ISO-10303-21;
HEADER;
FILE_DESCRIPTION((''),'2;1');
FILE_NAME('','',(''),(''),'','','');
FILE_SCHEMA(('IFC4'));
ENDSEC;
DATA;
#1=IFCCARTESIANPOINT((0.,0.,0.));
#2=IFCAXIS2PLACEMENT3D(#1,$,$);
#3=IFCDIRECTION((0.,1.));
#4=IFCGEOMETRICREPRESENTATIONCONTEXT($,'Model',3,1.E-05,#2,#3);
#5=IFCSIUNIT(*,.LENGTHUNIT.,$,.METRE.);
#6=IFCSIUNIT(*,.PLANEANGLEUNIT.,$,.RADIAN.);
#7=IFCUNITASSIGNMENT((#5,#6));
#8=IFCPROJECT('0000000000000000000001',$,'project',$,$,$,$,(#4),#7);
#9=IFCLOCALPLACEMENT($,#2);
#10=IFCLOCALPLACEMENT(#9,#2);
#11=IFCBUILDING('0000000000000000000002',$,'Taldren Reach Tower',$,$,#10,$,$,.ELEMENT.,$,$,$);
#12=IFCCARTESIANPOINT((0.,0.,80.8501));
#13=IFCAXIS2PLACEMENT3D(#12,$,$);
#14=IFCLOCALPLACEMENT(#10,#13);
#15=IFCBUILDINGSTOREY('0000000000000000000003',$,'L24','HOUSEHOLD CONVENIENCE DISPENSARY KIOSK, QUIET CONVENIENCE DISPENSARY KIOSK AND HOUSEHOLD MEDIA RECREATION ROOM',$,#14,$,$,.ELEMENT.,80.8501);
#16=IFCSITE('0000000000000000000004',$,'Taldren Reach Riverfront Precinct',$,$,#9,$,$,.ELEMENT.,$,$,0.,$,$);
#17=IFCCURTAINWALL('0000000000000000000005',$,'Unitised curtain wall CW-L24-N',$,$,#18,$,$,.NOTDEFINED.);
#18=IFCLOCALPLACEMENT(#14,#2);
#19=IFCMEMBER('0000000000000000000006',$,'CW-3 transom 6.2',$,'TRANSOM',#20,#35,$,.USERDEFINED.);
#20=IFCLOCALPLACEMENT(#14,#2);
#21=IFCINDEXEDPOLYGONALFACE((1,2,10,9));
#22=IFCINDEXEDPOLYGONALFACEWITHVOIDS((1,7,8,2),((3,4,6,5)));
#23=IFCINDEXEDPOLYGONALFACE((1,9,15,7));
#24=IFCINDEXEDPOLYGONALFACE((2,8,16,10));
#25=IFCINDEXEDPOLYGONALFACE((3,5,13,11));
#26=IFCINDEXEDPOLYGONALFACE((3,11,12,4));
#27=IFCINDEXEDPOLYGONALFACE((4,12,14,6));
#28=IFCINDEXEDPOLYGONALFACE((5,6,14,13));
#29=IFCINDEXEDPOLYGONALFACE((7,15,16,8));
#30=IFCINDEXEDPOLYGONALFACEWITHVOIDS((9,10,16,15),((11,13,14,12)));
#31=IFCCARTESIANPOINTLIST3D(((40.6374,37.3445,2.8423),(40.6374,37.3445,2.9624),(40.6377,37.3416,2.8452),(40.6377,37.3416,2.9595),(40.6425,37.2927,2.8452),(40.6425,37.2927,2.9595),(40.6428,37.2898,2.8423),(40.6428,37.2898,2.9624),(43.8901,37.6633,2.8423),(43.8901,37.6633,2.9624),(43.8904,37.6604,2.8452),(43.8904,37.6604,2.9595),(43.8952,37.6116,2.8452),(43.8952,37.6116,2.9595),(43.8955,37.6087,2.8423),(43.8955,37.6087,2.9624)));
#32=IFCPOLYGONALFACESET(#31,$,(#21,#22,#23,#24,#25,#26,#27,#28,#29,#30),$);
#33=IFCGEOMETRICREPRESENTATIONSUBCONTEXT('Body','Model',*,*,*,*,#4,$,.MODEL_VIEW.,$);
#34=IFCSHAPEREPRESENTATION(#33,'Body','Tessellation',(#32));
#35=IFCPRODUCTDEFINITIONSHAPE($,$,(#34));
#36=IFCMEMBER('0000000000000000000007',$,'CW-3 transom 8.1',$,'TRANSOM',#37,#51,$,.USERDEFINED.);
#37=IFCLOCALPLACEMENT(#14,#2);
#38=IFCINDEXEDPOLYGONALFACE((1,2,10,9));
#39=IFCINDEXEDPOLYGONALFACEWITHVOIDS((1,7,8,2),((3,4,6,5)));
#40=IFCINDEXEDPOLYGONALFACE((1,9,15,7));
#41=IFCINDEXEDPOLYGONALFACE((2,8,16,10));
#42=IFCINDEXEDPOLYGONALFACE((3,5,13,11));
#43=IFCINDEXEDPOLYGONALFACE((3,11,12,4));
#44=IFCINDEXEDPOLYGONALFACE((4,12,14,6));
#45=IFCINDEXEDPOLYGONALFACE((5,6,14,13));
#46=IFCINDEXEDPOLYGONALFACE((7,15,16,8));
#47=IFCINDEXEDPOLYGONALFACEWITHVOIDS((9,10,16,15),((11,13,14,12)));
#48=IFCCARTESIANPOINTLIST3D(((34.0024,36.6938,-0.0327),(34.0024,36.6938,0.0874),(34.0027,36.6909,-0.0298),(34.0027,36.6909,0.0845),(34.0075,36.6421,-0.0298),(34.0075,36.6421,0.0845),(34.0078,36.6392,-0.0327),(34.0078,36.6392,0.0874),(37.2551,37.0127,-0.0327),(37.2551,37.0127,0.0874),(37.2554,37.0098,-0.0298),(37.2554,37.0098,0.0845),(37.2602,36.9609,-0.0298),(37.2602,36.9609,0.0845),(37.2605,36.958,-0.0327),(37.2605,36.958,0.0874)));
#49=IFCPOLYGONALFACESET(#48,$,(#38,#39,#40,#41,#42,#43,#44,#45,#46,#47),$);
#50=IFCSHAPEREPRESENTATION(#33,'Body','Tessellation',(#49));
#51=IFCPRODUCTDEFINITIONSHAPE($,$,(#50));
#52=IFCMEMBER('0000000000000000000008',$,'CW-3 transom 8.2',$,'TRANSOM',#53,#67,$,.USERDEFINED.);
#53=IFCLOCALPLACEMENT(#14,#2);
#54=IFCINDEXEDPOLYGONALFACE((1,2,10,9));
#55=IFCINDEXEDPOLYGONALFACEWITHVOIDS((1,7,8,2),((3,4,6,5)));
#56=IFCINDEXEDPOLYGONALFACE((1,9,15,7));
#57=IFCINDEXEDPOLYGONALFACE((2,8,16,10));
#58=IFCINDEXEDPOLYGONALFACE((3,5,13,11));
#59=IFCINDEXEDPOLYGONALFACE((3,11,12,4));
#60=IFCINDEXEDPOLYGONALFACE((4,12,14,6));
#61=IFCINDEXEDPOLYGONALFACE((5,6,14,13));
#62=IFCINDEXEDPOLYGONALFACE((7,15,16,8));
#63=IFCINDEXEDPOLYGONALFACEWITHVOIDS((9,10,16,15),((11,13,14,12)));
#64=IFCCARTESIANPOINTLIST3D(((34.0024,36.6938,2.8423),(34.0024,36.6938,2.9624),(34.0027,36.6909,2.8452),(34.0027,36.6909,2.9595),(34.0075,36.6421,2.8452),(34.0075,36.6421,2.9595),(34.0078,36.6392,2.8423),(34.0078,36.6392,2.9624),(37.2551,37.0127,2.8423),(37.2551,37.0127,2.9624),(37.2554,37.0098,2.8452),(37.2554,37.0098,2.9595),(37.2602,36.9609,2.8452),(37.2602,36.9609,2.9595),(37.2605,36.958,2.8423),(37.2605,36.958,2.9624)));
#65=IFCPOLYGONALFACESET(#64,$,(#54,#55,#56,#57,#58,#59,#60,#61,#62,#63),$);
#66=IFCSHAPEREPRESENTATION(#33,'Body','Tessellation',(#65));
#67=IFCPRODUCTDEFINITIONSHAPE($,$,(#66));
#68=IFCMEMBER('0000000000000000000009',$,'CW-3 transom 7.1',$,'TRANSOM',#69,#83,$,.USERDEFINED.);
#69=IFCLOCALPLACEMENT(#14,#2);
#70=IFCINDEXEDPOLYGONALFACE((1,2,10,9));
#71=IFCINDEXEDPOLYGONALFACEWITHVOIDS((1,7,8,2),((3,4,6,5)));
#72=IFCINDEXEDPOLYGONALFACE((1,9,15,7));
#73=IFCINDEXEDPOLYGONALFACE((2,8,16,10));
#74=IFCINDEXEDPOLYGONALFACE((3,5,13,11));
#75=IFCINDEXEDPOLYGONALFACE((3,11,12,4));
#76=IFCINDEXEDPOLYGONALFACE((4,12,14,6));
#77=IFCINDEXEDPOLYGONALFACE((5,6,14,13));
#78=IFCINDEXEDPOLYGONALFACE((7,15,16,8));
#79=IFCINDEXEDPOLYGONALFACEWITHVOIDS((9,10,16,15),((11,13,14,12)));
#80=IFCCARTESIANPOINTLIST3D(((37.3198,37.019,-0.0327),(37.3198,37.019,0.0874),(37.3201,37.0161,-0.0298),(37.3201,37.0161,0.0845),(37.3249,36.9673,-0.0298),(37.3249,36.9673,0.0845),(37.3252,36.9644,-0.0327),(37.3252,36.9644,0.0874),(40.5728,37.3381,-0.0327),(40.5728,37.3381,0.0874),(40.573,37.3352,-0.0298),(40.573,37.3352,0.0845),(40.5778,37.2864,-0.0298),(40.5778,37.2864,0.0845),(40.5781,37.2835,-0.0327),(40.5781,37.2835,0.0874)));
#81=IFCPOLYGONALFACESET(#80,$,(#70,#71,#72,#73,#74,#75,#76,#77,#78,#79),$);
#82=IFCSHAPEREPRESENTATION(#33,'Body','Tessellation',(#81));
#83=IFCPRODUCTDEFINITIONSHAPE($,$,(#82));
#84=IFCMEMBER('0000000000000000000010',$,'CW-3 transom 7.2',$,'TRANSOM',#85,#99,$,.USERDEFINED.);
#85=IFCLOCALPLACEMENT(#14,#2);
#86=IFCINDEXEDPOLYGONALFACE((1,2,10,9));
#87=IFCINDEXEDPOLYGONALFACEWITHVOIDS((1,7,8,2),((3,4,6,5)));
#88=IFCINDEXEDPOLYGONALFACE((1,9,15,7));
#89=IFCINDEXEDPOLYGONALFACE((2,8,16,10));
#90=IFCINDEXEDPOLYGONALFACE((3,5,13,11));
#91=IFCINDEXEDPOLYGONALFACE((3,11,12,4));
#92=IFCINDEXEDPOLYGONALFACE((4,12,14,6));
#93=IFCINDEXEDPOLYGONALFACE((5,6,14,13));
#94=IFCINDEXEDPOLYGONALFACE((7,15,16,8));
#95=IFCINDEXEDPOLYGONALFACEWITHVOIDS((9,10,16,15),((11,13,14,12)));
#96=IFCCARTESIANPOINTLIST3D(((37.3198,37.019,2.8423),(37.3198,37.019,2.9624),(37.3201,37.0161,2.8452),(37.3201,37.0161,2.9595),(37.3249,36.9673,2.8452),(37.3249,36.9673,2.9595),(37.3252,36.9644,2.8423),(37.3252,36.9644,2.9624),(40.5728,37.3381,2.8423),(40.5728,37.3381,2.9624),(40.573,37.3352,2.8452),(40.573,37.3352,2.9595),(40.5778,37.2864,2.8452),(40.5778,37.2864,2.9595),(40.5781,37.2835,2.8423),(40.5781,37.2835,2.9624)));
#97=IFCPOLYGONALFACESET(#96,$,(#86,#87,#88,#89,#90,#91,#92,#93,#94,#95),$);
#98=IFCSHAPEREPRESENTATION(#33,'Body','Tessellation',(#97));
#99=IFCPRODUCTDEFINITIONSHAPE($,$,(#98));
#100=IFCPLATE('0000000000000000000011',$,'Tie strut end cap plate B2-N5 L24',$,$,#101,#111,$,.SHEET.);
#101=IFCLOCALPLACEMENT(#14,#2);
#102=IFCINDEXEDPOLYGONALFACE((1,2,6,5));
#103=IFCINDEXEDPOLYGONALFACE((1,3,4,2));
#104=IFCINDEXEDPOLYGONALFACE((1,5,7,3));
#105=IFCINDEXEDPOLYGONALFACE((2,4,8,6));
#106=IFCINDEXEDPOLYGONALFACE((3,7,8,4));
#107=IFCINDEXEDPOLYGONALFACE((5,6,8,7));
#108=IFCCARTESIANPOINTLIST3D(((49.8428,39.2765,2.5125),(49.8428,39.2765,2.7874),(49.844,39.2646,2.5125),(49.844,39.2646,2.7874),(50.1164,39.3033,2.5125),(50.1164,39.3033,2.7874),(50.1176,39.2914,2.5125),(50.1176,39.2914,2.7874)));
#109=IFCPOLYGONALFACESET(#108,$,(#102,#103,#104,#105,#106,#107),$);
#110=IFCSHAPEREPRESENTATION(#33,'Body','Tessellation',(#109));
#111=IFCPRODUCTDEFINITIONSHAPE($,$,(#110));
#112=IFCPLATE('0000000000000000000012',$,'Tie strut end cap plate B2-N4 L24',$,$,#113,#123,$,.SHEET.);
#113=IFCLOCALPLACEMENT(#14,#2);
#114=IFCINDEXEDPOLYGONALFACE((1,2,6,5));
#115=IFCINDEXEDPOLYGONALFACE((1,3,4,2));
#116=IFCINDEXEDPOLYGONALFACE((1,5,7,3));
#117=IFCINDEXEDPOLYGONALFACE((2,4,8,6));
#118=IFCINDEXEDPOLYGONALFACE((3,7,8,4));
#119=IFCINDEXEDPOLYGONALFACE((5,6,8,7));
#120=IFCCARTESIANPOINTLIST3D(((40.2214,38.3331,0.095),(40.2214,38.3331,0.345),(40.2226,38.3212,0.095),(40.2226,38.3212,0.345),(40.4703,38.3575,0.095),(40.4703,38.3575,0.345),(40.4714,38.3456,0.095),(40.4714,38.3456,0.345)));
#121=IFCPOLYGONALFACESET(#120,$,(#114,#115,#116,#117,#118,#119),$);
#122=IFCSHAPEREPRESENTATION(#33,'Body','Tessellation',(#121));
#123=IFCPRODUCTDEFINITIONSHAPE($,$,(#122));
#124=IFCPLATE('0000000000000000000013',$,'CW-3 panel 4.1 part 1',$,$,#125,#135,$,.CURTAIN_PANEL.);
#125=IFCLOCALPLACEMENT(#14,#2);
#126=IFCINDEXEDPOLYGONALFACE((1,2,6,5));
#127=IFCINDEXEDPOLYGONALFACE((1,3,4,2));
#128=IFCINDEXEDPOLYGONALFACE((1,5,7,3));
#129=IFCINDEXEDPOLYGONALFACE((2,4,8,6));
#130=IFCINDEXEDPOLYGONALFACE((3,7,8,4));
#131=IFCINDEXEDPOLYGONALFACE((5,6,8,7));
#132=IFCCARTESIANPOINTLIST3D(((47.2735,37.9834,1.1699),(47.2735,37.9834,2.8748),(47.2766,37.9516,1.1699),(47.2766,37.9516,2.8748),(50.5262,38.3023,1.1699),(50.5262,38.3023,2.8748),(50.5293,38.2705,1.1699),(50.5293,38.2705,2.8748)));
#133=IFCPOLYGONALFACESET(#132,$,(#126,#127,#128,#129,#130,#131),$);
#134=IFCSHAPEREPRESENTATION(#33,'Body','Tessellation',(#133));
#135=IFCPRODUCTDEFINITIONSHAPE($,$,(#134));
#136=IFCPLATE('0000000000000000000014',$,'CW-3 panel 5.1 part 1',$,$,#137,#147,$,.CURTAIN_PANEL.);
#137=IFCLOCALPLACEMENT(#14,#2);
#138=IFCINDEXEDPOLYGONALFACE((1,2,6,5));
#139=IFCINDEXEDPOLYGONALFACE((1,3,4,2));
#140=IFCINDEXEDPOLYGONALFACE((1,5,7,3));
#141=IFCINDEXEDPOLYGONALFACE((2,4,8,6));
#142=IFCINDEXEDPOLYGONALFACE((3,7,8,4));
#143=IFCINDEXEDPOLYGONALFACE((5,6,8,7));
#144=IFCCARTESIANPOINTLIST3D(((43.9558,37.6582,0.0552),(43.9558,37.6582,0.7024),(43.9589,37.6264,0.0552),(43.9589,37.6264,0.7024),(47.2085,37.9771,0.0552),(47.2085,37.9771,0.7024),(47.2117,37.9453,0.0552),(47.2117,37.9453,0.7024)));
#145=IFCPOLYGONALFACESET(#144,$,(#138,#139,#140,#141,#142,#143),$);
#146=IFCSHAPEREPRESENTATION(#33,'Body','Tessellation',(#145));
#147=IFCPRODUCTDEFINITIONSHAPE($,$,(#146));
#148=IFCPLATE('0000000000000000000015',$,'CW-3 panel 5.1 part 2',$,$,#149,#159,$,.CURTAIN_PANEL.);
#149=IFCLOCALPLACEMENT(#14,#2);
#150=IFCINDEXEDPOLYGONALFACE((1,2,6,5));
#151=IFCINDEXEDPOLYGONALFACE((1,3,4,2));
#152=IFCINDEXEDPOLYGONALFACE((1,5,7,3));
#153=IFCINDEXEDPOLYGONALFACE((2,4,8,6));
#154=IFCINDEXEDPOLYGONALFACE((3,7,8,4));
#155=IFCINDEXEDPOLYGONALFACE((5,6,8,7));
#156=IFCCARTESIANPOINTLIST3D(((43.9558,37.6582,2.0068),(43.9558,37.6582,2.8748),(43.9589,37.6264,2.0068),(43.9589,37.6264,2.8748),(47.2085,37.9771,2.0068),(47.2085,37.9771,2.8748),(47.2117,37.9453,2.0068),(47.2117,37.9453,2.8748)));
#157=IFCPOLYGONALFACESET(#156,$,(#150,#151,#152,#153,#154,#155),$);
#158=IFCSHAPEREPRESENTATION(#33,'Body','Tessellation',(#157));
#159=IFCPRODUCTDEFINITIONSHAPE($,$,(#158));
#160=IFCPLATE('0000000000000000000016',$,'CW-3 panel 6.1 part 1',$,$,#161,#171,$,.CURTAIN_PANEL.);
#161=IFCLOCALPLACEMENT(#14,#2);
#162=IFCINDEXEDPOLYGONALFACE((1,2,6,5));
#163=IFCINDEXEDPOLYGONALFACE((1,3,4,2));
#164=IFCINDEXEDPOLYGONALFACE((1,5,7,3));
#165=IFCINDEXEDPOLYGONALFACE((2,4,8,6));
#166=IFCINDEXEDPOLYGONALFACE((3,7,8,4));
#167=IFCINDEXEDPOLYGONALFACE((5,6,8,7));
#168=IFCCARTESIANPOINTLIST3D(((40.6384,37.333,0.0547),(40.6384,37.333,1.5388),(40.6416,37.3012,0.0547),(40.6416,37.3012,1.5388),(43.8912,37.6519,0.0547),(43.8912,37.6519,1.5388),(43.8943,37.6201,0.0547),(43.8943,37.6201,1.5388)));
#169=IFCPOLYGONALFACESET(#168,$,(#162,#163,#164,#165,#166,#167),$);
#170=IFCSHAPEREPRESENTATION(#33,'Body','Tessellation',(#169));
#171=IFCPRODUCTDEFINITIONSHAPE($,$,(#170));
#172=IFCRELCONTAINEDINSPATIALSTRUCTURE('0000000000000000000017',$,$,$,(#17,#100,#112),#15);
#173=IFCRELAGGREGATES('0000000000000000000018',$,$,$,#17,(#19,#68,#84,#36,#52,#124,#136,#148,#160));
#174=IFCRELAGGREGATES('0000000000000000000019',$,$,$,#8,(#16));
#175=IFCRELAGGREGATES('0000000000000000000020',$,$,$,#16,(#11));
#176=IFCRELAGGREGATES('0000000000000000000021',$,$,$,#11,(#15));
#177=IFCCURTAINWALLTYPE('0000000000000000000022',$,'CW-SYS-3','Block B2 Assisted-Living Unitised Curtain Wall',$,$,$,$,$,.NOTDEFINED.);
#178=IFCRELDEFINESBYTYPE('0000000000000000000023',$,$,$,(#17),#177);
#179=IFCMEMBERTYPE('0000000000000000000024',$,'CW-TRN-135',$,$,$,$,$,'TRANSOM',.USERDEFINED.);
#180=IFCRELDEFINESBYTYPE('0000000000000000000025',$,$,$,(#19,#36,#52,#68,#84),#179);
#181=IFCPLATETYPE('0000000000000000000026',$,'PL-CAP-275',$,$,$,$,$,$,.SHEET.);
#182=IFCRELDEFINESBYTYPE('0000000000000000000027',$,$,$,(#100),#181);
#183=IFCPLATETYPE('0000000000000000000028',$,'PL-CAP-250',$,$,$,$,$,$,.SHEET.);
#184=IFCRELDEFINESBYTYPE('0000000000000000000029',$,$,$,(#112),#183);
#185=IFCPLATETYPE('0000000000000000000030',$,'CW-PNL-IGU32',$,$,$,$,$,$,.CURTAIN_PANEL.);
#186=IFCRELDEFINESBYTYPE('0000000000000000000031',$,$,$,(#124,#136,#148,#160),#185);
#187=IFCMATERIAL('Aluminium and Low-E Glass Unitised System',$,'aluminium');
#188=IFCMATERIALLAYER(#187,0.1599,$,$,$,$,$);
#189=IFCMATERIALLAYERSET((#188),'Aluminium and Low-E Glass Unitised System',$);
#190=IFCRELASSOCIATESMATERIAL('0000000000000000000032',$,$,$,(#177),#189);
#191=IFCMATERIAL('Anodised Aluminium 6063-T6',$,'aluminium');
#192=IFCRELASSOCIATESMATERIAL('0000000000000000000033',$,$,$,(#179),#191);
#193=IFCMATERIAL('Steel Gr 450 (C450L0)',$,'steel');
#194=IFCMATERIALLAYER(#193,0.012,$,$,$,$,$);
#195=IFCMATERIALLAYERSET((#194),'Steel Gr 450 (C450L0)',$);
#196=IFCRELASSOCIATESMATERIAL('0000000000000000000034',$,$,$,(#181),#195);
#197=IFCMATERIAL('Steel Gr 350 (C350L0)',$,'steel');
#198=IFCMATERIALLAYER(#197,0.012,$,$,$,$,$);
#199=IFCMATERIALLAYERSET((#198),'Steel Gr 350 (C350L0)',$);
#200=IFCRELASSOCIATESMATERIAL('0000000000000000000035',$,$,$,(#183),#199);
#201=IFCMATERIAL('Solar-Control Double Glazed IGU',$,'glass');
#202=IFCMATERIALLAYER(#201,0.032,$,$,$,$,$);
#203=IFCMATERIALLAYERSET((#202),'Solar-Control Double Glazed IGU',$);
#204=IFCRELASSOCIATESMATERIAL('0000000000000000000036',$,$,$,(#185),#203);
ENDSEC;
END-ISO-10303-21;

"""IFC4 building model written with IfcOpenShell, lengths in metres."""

from ifc_helpers import new_model, si_unit, direction, frame, origin, origin_2d, place, context, subcontext, project, spatial, rectangle, hollow_rectangle, extrude, source, transform, mapped, material, layer, layer_set, material_profile, profile_set, type_object, element, aggregate, save


model = new_model("IFC4")

# Units and contexts
model_context = context("Model", 3, precision=1e-05, world=origin(), true_north=direction((0.0, 1.0)))
body_context = subcontext(model_context, "Body", "Model", "MODEL_VIEW")
ifc_project = project(units=[si_unit("LENGTHUNIT", "METRE"), si_unit("PLANEANGLEUNIT", "RADIAN")], contexts=[model_context])

# Site, building, storey
site_placement = place(None, origin())
site = spatial("IfcSite", under=ifc_project, at=site_placement, Name="Taldren Reach Riverfront Precinct", CompositionType="ELEMENT", RefElevation=0.0)
building_placement = place(site_placement, origin())
building = spatial("IfcBuilding", under=site, at=building_placement, Name="Taldren Reach Tower", CompositionType="ELEMENT")
storey_placement = place(building_placement, frame((0.0, 0.0, 80.8501)))
storey = spatial("IfcBuildingStorey", under=building, at=storey_placement, Name="L24", Description="HOUSEHOLD CONVENIENCE DISPENSARY KIOSK, QUIET CONVENIENCE DISPENSARY KIOSK AND HOUSEHOLD MEDIA RECREATION ROOM", CompositionType="ELEMENT", Elevation=80.8501)

# Shared definitions
ifc_material_1 = material(Name="Steel Gr 450 (C450L0)", Category="steel")
ifc_material_2 = material(Name="Steel Gr 350 (C350L0)", Category="steel")

# Curtain wall, members
ifc_material_3 = material(Name="Aluminium and Low-E Glass Unitised System", Category="aluminium")
ifc_layer_1 = layer(ifc_material_3, 0.1599)
ifc_layer_set_1 = layer_set([ifc_layer_1], Name="Aluminium and Low-E Glass Unitised System")
curtain_wall_type = type_object("IfcCurtainWallType", Name="CW-SYS-3", Description="Block B2 Assisted-Living Unitised Curtain Wall", PredefinedType="NOTDEFINED", material=ifc_layer_set_1)
curtain_wall_placement = place(storey_placement, origin())
curtain_wall = element("IfcCurtainWall", 1, at=curtain_wall_placement, inside=storey, type_object=curtain_wall_type, Name="Unitised curtain wall CW-L24-N", PredefinedType="NOTDEFINED")
ifc_material_4 = material(Name="Anodised Aluminium 6063-T6", Category="aluminium")
ifc_material_profile_1 = material_profile(ifc_material_4, hollow_rectangle(XDim=0.0549, YDim=0.1201, WallThickness=0.0029, at=origin_2d()), Name="ALU-120x55x3RHS")
ifc_profile_set_1 = profile_set([ifc_material_profile_1], Name="Anodised Aluminium 6063-T6")
member_type_1 = type_object("IfcMemberType", Name="CW-TRN-135", ElementType="TRANSOM", PredefinedType="USERDEFINED", material=ifc_profile_set_1)
shared_shape_1 = source(origin(), body_context, "Body", "SweptSolid", [
    extrude(hollow_rectangle(XDim=0.0549, YDim=0.1201, WallThickness=0.0029, at=origin_2d()), origin(), (0.0, 0.0, 1.0), 3.2683),
])
member_1_placement = place(storey_placement, frame((43.8928, 37.636, 2.9023), z_axis=(-0.99523, -0.097558, 0.0), x_axis=(0.097558, -0.99523, 0.0)))
member_1 = element("IfcMember", 2, at=member_1_placement, type_object=member_type_1, Name="CW-3 transom 6.2", ObjectType="TRANSOM", PredefinedType="USERDEFINED", context=body_context, shape_type="MappedRepresentation", body=[
    mapped(shared_shape_1, transform((0.0, 0.0, 0.0), scale=1.0)),
])
member_2_placement = place(storey_placement, frame((37.2578, 36.9854, 0.0273), z_axis=(-0.99523, -0.097558, 0.0), x_axis=(0.097558, -0.99523, 0.0)))
member_2 = element("IfcMember", 3, at=member_2_placement, type_object=member_type_1, Name="CW-3 transom 8.1", ObjectType="TRANSOM", PredefinedType="USERDEFINED", context=body_context, shape_type="MappedRepresentation", body=[
    mapped(shared_shape_1, transform((0.0, 0.0, 0.0), scale=1.0)),
])
member_3_placement = place(storey_placement, frame((37.2578, 36.9854, 2.9023), z_axis=(-0.99523, -0.097558, 0.0), x_axis=(0.097558, -0.99523, 0.0)))
member_3 = element("IfcMember", 4, at=member_3_placement, type_object=member_type_1, Name="CW-3 transom 8.2", ObjectType="TRANSOM", PredefinedType="USERDEFINED", context=body_context, shape_type="MappedRepresentation", body=[
    mapped(shared_shape_1, transform((0.0, 0.0, 0.0), scale=1.0)),
])
shared_shape_2 = source(origin(), body_context, "Body", "SweptSolid", [
    extrude(hollow_rectangle(XDim=0.0549, YDim=0.1201, WallThickness=0.0029, at=origin_2d()), origin(), (0.0, 0.0, 1.0), 3.2686),
])
member_4_placement = place(storey_placement, frame((40.5754, 37.3108, 0.0273), z_axis=(-0.995223, -0.097625, 0.0), x_axis=(0.097625, -0.995223, 0.0)))
member_4 = element("IfcMember", 5, at=member_4_placement, type_object=member_type_1, Name="CW-3 transom 7.1", ObjectType="TRANSOM", PredefinedType="USERDEFINED", context=body_context, shape_type="MappedRepresentation", body=[
    mapped(shared_shape_2, transform((0.0, 0.0, 0.0), scale=1.0)),
])
member_5_placement = place(storey_placement, frame((40.5754, 37.3108, 2.9023), z_axis=(-0.995223, -0.097625, 0.0), x_axis=(0.097625, -0.995223, 0.0)))
member_5 = element("IfcMember", 6, at=member_5_placement, type_object=member_type_1, Name="CW-3 transom 7.2", ObjectType="TRANSOM", PredefinedType="USERDEFINED", context=body_context, shape_type="MappedRepresentation", body=[
    mapped(shared_shape_2, transform((0.0, 0.0, 0.0), scale=1.0)),
])

# Plates
ifc_layer_2 = layer(ifc_material_1, 0.012)
ifc_layer_set_2 = layer_set([ifc_layer_2], Name="Steel Gr 450 (C450L0)")
plate_type_1 = type_object("IfcPlateType", Name="PL-CAP-275", PredefinedType="SHEET", material=ifc_layer_set_2)
shared_shape_3 = source(origin(), body_context, "Body", "SweptSolid", [
    extrude(rectangle(XDim=0.2749, YDim=0.012, at=origin_2d()), origin(), (0.0, 0.0, 1.0), 0.2749),
])
plate_1_placement = place(storey_placement, frame((49.9802, 39.2839, 2.5125), z_axis=(0.0, 0.0, 1.0), x_axis=(0.995227, 0.097583, 0.0)))
element("IfcPlate", 7, at=plate_1_placement, inside=storey, type_object=plate_type_1, Name="Tie strut end cap plate B2-N5 L24", PredefinedType="SHEET", context=body_context, shape_type="MappedRepresentation", body=[
    mapped(shared_shape_3, transform((0.0, 0.0, 0.0), scale=1.0)),
])
ifc_layer_3 = layer(ifc_material_2, 0.012)
ifc_layer_set_3 = layer_set([ifc_layer_3], Name="Steel Gr 350 (C350L0)")
plate_type_2 = type_object("IfcPlateType", Name="PL-CAP-250", PredefinedType="SHEET", material=ifc_layer_set_3)
shared_shape_4 = source(origin(), body_context, "Body", "SweptSolid", [
    extrude(rectangle(XDim=0.25, YDim=0.012, at=origin_2d()), origin(), (0.0, 0.0, 1.0), 0.25),
])
plate_2_placement = place(storey_placement, frame((40.3464, 38.3394, 0.095), z_axis=(0.0, 0.0, 1.0), x_axis=(0.995227, 0.097583, 0.0)))
element("IfcPlate", 8, at=plate_2_placement, inside=storey, type_object=plate_type_2, Name="Tie strut end cap plate B2-N4 L24", PredefinedType="SHEET", context=body_context, shape_type="MappedRepresentation", body=[
    mapped(shared_shape_4, transform((0.0, 0.0, 0.0), scale=1.0)),
])

# Plates
ifc_material_5 = material(Name="Solar-Control Double Glazed IGU", Category="glass")
ifc_layer_4 = layer(ifc_material_5, 0.032)
ifc_layer_set_4 = layer_set([ifc_layer_4], Name="Solar-Control Double Glazed IGU")
plate_type_3 = type_object("IfcPlateType", Name="CW-PNL-IGU32", PredefinedType="CURTAIN_PANEL", material=ifc_layer_set_4)
shared_shape_5 = source(origin(), body_context, "Body", "SweptSolid", [
    extrude(rectangle(XDim=3.2683, YDim=0.032, at=origin_2d()), origin(), (0.0, 0.0, 1.0), 1.7048),
])
plate_3_placement = place(storey_placement, frame((48.9014, 38.127, 1.1699), z_axis=(0.0, 0.0, 1.0), x_axis=(-0.995227, -0.097583, 0.0)))
plate_3 = element("IfcPlate", 9, at=plate_3_placement, type_object=plate_type_3, Name="CW-3 panel 4.1 part 1", PredefinedType="CURTAIN_PANEL", context=body_context, shape_type="MappedRepresentation", body=[
    mapped(shared_shape_5, transform((0.0, 0.0, 0.0), scale=1.0)),
])
shared_shape_6 = source(origin(), body_context, "Body", "SweptSolid", [
    extrude(rectangle(XDim=3.2683, YDim=0.032, at=origin_2d()), origin(), (0.0, 0.0, 1.0), 0.6472),
])
plate_4_placement = place(storey_placement, frame((45.5837, 37.8018, 0.0552), z_axis=(0.0, 0.0, 1.0), x_axis=(-0.995227, -0.097583, 0.0)))
plate_4 = element("IfcPlate", 10, at=plate_4_placement, type_object=plate_type_3, Name="CW-3 panel 5.1 part 1", PredefinedType="CURTAIN_PANEL", context=body_context, shape_type="MappedRepresentation", body=[
    mapped(shared_shape_6, transform((0.0, 0.0, 0.0), scale=1.0)),
])
shared_shape_7 = source(origin(), body_context, "Body", "SweptSolid", [
    extrude(rectangle(XDim=3.2683, YDim=0.032, at=origin_2d()), origin(), (0.0, 0.0, 1.0), 0.8679),
])
plate_5_placement = place(storey_placement, frame((45.5837, 37.8018, 2.0068), z_axis=(0.0, 0.0, 1.0), x_axis=(-0.995227, -0.097583, 0.0)))
plate_5 = element("IfcPlate", 11, at=plate_5_placement, type_object=plate_type_3, Name="CW-3 panel 5.1 part 2", PredefinedType="CURTAIN_PANEL", context=body_context, shape_type="MappedRepresentation", body=[
    mapped(shared_shape_7, transform((0.0, 0.0, 0.0), scale=1.0)),
])
shared_shape_8 = source(origin(), body_context, "Body", "SweptSolid", [
    extrude(rectangle(XDim=3.2683, YDim=0.032, at=origin_2d()), origin(), (0.0, 0.0, 1.0), 1.4841),
])
plate_6_placement = place(storey_placement, frame((42.2664, 37.4766, 0.0547), z_axis=(0.0, 0.0, 1.0), x_axis=(-0.995227, -0.097583, 0.0)))
plate_6 = element("IfcPlate", 12, at=plate_6_placement, type_object=plate_type_3, Name="CW-3 panel 6.1 part 1", PredefinedType="CURTAIN_PANEL", context=body_context, shape_type="MappedRepresentation", body=[
    mapped(shared_shape_8, transform((0.0, 0.0, 0.0), scale=1.0)),
])
aggregate(curtain_wall, [member_1, member_4, member_5, member_2, member_3, plate_3, plate_4, plate_5, plate_6])

save(model, "model.ifc")
